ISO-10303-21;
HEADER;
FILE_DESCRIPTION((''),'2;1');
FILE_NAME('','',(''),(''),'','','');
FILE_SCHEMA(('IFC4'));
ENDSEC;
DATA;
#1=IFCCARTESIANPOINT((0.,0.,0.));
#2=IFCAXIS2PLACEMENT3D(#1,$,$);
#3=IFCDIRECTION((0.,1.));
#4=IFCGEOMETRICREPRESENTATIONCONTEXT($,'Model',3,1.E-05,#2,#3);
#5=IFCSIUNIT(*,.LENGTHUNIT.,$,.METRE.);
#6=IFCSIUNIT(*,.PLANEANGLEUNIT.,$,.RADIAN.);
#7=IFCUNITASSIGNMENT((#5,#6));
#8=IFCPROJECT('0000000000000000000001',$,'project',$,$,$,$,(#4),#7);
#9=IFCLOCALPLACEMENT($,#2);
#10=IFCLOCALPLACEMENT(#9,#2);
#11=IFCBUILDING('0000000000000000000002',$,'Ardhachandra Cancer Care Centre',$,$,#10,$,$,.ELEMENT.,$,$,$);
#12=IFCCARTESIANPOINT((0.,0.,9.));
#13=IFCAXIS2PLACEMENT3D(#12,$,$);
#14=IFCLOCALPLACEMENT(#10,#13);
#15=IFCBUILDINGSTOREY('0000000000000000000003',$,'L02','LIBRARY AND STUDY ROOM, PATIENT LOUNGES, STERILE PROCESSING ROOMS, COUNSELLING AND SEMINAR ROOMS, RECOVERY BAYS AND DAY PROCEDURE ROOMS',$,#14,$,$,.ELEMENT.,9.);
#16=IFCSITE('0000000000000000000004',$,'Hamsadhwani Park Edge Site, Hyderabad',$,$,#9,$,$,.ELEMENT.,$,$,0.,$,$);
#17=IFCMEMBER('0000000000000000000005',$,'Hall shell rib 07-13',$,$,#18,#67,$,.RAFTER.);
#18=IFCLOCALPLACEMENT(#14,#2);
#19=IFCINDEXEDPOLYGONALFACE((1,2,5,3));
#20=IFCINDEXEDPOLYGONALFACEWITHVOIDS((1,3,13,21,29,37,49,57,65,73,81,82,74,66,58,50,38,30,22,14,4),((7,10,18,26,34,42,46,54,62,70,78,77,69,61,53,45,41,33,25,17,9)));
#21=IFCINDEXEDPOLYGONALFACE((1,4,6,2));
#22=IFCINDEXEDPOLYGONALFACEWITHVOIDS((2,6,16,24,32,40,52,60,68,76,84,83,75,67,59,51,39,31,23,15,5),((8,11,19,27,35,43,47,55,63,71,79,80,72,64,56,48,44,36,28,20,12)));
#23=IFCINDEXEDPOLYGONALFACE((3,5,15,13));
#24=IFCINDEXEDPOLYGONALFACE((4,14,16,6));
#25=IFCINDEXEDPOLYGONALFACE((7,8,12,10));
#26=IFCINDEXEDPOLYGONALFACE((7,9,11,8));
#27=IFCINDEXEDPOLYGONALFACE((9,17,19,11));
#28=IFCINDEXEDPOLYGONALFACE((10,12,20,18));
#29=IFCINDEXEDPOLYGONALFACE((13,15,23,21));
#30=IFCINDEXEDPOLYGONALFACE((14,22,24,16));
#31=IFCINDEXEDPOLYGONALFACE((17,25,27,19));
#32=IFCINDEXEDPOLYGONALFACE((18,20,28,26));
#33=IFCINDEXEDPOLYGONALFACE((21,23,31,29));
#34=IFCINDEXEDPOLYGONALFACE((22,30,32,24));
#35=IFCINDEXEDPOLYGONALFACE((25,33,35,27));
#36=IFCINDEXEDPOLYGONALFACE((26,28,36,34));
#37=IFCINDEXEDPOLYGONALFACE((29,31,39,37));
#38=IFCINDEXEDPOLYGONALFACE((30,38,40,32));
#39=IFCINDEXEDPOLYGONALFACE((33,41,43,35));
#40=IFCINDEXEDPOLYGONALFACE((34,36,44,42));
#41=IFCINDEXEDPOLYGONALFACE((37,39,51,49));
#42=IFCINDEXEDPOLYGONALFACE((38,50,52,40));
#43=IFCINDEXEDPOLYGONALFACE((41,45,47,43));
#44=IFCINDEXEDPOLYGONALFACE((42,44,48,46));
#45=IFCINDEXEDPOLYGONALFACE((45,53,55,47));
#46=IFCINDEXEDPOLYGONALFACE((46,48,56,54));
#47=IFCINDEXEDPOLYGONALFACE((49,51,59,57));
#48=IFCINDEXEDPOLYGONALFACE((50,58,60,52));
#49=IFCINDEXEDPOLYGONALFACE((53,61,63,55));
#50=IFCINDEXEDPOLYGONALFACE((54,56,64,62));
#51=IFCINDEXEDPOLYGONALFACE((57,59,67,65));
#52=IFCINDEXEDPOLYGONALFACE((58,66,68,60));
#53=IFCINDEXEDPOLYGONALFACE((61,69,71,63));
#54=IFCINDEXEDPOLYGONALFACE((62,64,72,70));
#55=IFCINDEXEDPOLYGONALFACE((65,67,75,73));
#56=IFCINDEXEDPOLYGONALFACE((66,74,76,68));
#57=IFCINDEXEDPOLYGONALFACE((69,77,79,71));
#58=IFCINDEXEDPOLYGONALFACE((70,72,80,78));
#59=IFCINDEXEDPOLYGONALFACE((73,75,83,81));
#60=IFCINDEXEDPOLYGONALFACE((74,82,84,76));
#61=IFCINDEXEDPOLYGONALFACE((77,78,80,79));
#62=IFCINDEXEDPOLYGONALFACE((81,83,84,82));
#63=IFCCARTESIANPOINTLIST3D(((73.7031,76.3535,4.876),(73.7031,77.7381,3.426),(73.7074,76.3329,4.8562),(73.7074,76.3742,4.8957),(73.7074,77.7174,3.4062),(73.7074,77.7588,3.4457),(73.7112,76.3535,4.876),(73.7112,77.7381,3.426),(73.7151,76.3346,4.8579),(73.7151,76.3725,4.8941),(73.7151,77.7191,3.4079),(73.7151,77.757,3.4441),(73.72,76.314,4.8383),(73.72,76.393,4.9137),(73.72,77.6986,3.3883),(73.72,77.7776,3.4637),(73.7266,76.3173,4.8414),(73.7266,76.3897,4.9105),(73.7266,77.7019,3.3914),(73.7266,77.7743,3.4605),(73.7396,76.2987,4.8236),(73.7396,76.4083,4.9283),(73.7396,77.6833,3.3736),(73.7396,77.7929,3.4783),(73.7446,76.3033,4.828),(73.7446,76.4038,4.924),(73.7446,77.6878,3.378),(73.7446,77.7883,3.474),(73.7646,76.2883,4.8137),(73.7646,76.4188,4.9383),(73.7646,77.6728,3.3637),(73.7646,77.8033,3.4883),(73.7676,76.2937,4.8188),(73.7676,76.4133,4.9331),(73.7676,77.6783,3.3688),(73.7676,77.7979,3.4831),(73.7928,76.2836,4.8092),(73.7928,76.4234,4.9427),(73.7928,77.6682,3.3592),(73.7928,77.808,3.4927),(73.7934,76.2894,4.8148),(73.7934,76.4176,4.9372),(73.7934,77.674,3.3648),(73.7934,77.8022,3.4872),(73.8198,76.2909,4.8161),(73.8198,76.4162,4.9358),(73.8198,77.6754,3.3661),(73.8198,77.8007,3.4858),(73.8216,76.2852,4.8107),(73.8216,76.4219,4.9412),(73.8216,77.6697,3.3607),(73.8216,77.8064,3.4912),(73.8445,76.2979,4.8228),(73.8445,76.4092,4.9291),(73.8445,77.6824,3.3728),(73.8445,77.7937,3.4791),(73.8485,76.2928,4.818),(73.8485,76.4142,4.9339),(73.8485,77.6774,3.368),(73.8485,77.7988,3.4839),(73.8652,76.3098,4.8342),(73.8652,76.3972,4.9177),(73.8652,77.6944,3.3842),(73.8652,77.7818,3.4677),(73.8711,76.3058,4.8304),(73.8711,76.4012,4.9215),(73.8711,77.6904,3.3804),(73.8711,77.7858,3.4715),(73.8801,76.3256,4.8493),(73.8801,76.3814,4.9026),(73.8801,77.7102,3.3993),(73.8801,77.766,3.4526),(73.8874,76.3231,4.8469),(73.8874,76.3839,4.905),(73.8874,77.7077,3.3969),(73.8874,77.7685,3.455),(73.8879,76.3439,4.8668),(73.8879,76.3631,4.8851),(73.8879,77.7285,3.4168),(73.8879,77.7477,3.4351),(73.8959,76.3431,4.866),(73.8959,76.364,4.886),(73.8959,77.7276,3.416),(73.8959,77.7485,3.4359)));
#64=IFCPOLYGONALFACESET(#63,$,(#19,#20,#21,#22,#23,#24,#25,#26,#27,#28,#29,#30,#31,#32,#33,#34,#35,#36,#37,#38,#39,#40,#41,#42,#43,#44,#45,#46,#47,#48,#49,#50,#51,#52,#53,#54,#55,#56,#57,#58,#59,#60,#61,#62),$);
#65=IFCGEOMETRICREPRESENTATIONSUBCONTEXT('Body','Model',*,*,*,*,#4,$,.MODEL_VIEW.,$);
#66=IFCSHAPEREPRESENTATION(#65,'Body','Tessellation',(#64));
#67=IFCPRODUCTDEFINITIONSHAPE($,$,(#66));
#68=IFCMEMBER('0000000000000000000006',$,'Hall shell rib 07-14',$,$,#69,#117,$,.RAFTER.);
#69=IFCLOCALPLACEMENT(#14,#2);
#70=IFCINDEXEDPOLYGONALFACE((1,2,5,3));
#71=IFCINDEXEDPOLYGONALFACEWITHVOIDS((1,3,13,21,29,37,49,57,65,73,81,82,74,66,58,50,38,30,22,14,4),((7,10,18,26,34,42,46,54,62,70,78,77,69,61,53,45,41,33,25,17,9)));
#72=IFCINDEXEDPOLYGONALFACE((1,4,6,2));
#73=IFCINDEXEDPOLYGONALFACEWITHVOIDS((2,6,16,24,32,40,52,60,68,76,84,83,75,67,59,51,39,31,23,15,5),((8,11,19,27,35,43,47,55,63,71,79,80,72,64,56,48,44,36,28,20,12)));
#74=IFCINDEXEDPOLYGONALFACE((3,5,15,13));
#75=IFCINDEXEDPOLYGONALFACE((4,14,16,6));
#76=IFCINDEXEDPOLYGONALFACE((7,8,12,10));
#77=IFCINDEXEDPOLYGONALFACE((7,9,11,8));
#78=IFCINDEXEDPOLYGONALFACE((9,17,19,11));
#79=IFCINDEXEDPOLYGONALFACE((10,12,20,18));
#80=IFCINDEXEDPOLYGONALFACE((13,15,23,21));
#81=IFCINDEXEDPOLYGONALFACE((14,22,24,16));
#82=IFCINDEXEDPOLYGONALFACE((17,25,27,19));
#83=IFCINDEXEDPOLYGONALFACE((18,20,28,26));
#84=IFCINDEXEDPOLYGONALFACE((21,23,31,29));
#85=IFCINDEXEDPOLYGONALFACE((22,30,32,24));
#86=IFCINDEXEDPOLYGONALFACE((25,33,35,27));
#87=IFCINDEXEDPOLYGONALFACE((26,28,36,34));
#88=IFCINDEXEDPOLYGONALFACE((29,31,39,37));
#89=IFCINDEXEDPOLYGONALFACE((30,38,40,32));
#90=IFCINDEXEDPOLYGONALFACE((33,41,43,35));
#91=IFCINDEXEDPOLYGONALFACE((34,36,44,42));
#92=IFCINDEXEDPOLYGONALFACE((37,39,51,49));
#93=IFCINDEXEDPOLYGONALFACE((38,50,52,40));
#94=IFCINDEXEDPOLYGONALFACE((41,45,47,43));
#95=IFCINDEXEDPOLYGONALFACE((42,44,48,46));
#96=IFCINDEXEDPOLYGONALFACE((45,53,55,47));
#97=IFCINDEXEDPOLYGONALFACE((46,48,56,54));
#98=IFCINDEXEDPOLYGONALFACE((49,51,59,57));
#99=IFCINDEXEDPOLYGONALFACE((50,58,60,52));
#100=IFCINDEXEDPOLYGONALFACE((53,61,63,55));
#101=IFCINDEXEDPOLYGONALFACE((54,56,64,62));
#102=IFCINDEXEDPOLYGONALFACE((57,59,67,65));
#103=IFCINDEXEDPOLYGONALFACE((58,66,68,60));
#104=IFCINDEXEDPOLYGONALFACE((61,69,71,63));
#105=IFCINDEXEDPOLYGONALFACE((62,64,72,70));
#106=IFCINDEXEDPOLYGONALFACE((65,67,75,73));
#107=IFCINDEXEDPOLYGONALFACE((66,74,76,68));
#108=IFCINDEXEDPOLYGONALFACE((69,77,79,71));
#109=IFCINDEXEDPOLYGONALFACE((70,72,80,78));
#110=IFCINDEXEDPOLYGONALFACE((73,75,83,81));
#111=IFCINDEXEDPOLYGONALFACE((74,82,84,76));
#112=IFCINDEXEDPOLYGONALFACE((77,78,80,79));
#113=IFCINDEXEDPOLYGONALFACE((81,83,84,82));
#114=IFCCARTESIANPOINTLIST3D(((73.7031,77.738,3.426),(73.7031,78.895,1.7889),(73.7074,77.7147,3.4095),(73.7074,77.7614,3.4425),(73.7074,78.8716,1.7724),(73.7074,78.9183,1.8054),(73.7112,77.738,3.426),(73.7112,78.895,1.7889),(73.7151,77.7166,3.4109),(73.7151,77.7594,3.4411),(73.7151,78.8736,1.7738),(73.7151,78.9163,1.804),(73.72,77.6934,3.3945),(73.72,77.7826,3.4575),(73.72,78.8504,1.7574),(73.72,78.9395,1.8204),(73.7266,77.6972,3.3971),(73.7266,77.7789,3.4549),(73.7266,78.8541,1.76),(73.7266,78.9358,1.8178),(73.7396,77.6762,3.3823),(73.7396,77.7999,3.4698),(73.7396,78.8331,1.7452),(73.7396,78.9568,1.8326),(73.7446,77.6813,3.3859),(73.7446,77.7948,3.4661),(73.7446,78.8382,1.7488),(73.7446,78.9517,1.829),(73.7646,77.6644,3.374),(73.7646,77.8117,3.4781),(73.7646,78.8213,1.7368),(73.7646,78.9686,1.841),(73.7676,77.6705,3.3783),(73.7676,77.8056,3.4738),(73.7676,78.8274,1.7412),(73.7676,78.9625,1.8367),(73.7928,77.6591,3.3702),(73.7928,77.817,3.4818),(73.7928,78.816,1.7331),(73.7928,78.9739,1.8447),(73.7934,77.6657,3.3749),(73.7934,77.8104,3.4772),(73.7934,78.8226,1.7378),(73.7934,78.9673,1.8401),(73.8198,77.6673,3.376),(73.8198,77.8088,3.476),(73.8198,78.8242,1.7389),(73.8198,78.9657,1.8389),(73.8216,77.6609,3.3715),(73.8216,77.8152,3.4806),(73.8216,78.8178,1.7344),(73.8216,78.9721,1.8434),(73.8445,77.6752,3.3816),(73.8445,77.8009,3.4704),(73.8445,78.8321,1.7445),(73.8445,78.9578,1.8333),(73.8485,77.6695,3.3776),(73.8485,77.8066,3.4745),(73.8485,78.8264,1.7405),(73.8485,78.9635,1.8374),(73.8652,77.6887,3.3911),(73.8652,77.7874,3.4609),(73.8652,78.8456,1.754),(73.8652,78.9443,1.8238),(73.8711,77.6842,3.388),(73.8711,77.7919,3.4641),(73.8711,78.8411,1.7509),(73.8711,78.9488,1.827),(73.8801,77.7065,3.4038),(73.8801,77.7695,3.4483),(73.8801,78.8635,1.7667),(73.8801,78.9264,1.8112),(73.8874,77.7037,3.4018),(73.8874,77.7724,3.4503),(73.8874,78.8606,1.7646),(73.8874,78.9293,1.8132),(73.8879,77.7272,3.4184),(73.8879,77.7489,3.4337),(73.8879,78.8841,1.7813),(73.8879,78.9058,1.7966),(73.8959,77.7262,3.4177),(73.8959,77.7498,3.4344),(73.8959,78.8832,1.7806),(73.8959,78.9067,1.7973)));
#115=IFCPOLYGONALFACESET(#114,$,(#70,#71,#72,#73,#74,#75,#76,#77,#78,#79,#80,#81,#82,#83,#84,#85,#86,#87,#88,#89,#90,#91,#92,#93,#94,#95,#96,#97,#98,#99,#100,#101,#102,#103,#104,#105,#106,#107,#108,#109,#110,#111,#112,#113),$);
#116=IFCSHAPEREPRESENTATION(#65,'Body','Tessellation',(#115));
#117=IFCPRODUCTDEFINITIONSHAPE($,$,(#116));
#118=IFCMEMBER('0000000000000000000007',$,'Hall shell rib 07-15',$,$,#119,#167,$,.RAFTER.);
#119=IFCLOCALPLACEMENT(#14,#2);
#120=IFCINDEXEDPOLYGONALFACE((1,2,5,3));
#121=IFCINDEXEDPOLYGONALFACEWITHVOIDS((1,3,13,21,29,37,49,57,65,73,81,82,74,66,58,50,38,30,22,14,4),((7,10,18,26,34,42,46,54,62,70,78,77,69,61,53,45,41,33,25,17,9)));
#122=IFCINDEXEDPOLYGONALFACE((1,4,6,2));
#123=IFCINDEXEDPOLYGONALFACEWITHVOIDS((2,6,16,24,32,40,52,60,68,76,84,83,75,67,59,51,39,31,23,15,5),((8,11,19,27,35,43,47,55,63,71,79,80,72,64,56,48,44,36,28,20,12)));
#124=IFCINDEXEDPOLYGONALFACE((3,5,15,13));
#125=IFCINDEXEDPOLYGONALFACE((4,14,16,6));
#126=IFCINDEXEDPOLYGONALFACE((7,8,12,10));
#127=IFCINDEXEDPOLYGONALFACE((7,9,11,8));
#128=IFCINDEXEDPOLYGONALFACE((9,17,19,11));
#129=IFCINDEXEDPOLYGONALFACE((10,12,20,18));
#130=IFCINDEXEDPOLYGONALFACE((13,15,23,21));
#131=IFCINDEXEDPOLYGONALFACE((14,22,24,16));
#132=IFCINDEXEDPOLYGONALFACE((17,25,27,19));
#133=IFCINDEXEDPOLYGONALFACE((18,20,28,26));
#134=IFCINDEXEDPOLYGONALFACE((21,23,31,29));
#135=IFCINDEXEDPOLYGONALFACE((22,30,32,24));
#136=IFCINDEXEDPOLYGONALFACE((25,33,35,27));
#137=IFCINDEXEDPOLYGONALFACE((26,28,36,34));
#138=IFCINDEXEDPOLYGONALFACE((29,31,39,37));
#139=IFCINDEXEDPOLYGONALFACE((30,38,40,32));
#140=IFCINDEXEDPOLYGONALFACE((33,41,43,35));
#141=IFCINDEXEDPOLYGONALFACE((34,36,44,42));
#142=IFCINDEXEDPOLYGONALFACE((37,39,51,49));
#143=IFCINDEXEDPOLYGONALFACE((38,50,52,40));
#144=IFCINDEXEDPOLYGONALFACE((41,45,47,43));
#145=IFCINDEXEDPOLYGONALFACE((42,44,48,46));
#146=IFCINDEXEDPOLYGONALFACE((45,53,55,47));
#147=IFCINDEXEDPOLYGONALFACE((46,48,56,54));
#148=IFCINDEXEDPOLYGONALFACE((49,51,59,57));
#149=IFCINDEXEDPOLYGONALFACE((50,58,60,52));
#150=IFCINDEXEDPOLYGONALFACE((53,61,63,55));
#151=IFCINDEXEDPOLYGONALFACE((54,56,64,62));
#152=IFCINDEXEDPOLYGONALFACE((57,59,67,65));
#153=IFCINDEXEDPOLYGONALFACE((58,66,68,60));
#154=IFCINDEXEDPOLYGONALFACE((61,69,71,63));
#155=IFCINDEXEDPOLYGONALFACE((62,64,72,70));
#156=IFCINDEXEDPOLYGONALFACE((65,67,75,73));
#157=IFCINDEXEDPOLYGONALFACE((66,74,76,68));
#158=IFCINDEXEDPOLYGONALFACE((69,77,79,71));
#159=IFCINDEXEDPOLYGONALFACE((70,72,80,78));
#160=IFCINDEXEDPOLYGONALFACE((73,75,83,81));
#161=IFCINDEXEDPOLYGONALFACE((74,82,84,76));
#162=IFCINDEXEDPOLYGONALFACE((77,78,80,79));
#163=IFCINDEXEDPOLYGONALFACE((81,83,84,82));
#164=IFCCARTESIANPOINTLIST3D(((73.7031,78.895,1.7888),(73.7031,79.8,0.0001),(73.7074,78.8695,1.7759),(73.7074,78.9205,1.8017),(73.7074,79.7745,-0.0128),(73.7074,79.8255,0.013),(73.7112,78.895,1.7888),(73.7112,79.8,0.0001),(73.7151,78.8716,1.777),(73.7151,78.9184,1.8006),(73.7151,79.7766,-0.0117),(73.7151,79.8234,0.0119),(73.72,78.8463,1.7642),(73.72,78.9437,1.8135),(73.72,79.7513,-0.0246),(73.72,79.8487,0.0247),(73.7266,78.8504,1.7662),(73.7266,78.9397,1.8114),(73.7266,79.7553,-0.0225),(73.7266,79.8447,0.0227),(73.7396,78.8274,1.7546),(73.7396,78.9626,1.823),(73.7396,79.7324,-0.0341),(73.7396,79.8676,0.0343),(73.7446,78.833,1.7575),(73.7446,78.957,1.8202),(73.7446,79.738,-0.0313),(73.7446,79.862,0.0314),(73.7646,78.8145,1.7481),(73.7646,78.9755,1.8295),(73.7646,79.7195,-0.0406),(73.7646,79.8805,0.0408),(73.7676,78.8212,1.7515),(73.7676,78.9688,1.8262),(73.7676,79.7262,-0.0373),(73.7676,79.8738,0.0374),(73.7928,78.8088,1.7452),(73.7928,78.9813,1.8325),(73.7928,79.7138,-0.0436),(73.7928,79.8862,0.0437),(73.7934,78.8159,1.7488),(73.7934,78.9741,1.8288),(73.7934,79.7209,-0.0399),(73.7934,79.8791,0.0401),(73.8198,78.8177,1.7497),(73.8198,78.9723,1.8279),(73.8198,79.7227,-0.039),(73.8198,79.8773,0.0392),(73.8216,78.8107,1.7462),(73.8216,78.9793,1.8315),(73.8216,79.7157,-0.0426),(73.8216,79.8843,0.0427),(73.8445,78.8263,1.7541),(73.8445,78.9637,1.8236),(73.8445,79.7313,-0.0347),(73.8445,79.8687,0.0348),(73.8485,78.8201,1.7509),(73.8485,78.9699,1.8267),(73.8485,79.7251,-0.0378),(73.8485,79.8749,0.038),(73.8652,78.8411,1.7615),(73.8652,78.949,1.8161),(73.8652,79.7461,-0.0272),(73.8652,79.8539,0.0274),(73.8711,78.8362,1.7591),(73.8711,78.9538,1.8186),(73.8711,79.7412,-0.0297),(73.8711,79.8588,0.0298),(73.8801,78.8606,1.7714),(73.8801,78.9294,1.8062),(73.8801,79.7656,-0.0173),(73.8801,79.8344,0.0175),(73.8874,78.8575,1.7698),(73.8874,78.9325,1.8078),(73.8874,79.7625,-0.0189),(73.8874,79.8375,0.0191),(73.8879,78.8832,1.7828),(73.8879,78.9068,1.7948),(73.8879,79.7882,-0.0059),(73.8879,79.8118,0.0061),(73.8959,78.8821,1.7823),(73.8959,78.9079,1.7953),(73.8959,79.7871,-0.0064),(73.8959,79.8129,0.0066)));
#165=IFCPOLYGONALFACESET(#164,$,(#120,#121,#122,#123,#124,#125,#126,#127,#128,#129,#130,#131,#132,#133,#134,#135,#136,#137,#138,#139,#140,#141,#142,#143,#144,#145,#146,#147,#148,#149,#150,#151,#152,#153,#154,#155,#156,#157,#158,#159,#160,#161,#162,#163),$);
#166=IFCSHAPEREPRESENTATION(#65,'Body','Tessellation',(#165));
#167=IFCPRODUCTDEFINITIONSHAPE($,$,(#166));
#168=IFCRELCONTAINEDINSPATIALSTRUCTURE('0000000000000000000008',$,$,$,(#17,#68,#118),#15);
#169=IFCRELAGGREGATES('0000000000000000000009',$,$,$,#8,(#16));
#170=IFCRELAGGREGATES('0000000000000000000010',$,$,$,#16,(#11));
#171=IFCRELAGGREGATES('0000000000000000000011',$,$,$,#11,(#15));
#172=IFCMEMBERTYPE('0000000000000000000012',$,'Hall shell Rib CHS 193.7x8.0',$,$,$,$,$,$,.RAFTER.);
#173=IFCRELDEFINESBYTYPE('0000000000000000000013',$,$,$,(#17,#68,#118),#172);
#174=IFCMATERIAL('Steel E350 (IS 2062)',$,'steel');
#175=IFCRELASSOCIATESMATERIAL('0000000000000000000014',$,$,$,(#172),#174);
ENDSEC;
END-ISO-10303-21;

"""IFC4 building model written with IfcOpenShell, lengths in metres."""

from ifc_helpers import new_model, si_unit, direction, frame, origin, origin_2d, place, context, subcontext, project, spatial, hollow_circle, extrude, material, material_profile, profile_set, type_object, element, save


model = new_model("IFC4")

# Units and contexts
model_context = context("Model", 3, precision=1e-05, world=origin(), true_north=direction((0.0, 1.0)))
body_context = subcontext(model_context, "Body", "Model", "MODEL_VIEW")
ifc_project = project(units=[si_unit("LENGTHUNIT", "METRE"), si_unit("PLANEANGLEUNIT", "RADIAN")], contexts=[model_context])

# Site, building, storey
site_placement = place(None, origin())
site = spatial("IfcSite", under=ifc_project, at=site_placement, Name="Hamsadhwani Park Edge Site, Hyderabad", CompositionType="ELEMENT", RefElevation=0.0)
building_placement = place(site_placement, origin())
building = spatial("IfcBuilding", under=site, at=building_placement, Name="Ardhachandra Cancer Care Centre", CompositionType="ELEMENT")
storey_placement = place(building_placement, frame((0.0, 0.0, 9.0)))
storey = spatial("IfcBuildingStorey", under=building, at=storey_placement, Name="L02", Description="LIBRARY AND STUDY ROOM, PATIENT LOUNGES, STERILE PROCESSING ROOMS, COUNSELLING AND SEMINAR ROOMS, RECOVERY BAYS AND DAY PROCEDURE ROOMS", CompositionType="ELEMENT", Elevation=9.0)

# Members
ifc_material_1 = material(Name="Steel E350 (IS 2062)", Category="steel")
ifc_material_profile_1 = material_profile(ifc_material_1, hollow_circle(Radius=0.0969, WallThickness=0.0081, at=origin_2d()), Name="CHS 193.7x8.0")
ifc_profile_set_1 = profile_set([ifc_material_profile_1], Name="Steel E350 (IS 2062)")
member_type_1 = type_object("IfcMemberType", Name="Hall shell Rib CHS 193.7x8.0", PredefinedType="RAFTER", material=ifc_profile_set_1)
member_1_placement = place(storey_placement, frame((73.8, 76.3535, 4.876), z_axis=(0.0, 0.6906, -0.723237), x_axis=(-1.0, 0.0, 0.0)))
element("IfcMember", 1, at=member_1_placement, inside=storey, type_object=member_type_1, Name="Hall shell rib 07-13", PredefinedType="RAFTER", context=body_context, shape_type="SweptSolid", body=[
    extrude(hollow_circle(Radius=0.0969, WallThickness=0.0081, at=origin_2d()), origin(), (0.0, 0.0, 1.0), 2.0049),
])
for number, where, z_axis, x_axis, name in (
    (2, (73.8, 77.738, 3.426), (0.0, 0.577118, -0.816661), (-1.0, 0.0, 0.0), "Hall shell rib 07-14"),
    (3, (73.8, 78.895, 1.7888), (0.0, 0.451447, -0.892298), (-1.0, 0.0, 0.0), "Hall shell rib 07-15"),
):
    element("IfcMember", number, at=place(storey_placement, frame(where, z_axis=z_axis, x_axis=x_axis)), inside=storey, type_object=member_type_1, Name=name, PredefinedType="RAFTER", context=body_context, shape_type="SweptSolid", body=[
        extrude(hollow_circle(Radius=0.0969, WallThickness=0.0081, at=origin_2d()), origin(), (0.0, 0.0, 1.0), 2.0046),
    ])

save(model, "model.ifc")
